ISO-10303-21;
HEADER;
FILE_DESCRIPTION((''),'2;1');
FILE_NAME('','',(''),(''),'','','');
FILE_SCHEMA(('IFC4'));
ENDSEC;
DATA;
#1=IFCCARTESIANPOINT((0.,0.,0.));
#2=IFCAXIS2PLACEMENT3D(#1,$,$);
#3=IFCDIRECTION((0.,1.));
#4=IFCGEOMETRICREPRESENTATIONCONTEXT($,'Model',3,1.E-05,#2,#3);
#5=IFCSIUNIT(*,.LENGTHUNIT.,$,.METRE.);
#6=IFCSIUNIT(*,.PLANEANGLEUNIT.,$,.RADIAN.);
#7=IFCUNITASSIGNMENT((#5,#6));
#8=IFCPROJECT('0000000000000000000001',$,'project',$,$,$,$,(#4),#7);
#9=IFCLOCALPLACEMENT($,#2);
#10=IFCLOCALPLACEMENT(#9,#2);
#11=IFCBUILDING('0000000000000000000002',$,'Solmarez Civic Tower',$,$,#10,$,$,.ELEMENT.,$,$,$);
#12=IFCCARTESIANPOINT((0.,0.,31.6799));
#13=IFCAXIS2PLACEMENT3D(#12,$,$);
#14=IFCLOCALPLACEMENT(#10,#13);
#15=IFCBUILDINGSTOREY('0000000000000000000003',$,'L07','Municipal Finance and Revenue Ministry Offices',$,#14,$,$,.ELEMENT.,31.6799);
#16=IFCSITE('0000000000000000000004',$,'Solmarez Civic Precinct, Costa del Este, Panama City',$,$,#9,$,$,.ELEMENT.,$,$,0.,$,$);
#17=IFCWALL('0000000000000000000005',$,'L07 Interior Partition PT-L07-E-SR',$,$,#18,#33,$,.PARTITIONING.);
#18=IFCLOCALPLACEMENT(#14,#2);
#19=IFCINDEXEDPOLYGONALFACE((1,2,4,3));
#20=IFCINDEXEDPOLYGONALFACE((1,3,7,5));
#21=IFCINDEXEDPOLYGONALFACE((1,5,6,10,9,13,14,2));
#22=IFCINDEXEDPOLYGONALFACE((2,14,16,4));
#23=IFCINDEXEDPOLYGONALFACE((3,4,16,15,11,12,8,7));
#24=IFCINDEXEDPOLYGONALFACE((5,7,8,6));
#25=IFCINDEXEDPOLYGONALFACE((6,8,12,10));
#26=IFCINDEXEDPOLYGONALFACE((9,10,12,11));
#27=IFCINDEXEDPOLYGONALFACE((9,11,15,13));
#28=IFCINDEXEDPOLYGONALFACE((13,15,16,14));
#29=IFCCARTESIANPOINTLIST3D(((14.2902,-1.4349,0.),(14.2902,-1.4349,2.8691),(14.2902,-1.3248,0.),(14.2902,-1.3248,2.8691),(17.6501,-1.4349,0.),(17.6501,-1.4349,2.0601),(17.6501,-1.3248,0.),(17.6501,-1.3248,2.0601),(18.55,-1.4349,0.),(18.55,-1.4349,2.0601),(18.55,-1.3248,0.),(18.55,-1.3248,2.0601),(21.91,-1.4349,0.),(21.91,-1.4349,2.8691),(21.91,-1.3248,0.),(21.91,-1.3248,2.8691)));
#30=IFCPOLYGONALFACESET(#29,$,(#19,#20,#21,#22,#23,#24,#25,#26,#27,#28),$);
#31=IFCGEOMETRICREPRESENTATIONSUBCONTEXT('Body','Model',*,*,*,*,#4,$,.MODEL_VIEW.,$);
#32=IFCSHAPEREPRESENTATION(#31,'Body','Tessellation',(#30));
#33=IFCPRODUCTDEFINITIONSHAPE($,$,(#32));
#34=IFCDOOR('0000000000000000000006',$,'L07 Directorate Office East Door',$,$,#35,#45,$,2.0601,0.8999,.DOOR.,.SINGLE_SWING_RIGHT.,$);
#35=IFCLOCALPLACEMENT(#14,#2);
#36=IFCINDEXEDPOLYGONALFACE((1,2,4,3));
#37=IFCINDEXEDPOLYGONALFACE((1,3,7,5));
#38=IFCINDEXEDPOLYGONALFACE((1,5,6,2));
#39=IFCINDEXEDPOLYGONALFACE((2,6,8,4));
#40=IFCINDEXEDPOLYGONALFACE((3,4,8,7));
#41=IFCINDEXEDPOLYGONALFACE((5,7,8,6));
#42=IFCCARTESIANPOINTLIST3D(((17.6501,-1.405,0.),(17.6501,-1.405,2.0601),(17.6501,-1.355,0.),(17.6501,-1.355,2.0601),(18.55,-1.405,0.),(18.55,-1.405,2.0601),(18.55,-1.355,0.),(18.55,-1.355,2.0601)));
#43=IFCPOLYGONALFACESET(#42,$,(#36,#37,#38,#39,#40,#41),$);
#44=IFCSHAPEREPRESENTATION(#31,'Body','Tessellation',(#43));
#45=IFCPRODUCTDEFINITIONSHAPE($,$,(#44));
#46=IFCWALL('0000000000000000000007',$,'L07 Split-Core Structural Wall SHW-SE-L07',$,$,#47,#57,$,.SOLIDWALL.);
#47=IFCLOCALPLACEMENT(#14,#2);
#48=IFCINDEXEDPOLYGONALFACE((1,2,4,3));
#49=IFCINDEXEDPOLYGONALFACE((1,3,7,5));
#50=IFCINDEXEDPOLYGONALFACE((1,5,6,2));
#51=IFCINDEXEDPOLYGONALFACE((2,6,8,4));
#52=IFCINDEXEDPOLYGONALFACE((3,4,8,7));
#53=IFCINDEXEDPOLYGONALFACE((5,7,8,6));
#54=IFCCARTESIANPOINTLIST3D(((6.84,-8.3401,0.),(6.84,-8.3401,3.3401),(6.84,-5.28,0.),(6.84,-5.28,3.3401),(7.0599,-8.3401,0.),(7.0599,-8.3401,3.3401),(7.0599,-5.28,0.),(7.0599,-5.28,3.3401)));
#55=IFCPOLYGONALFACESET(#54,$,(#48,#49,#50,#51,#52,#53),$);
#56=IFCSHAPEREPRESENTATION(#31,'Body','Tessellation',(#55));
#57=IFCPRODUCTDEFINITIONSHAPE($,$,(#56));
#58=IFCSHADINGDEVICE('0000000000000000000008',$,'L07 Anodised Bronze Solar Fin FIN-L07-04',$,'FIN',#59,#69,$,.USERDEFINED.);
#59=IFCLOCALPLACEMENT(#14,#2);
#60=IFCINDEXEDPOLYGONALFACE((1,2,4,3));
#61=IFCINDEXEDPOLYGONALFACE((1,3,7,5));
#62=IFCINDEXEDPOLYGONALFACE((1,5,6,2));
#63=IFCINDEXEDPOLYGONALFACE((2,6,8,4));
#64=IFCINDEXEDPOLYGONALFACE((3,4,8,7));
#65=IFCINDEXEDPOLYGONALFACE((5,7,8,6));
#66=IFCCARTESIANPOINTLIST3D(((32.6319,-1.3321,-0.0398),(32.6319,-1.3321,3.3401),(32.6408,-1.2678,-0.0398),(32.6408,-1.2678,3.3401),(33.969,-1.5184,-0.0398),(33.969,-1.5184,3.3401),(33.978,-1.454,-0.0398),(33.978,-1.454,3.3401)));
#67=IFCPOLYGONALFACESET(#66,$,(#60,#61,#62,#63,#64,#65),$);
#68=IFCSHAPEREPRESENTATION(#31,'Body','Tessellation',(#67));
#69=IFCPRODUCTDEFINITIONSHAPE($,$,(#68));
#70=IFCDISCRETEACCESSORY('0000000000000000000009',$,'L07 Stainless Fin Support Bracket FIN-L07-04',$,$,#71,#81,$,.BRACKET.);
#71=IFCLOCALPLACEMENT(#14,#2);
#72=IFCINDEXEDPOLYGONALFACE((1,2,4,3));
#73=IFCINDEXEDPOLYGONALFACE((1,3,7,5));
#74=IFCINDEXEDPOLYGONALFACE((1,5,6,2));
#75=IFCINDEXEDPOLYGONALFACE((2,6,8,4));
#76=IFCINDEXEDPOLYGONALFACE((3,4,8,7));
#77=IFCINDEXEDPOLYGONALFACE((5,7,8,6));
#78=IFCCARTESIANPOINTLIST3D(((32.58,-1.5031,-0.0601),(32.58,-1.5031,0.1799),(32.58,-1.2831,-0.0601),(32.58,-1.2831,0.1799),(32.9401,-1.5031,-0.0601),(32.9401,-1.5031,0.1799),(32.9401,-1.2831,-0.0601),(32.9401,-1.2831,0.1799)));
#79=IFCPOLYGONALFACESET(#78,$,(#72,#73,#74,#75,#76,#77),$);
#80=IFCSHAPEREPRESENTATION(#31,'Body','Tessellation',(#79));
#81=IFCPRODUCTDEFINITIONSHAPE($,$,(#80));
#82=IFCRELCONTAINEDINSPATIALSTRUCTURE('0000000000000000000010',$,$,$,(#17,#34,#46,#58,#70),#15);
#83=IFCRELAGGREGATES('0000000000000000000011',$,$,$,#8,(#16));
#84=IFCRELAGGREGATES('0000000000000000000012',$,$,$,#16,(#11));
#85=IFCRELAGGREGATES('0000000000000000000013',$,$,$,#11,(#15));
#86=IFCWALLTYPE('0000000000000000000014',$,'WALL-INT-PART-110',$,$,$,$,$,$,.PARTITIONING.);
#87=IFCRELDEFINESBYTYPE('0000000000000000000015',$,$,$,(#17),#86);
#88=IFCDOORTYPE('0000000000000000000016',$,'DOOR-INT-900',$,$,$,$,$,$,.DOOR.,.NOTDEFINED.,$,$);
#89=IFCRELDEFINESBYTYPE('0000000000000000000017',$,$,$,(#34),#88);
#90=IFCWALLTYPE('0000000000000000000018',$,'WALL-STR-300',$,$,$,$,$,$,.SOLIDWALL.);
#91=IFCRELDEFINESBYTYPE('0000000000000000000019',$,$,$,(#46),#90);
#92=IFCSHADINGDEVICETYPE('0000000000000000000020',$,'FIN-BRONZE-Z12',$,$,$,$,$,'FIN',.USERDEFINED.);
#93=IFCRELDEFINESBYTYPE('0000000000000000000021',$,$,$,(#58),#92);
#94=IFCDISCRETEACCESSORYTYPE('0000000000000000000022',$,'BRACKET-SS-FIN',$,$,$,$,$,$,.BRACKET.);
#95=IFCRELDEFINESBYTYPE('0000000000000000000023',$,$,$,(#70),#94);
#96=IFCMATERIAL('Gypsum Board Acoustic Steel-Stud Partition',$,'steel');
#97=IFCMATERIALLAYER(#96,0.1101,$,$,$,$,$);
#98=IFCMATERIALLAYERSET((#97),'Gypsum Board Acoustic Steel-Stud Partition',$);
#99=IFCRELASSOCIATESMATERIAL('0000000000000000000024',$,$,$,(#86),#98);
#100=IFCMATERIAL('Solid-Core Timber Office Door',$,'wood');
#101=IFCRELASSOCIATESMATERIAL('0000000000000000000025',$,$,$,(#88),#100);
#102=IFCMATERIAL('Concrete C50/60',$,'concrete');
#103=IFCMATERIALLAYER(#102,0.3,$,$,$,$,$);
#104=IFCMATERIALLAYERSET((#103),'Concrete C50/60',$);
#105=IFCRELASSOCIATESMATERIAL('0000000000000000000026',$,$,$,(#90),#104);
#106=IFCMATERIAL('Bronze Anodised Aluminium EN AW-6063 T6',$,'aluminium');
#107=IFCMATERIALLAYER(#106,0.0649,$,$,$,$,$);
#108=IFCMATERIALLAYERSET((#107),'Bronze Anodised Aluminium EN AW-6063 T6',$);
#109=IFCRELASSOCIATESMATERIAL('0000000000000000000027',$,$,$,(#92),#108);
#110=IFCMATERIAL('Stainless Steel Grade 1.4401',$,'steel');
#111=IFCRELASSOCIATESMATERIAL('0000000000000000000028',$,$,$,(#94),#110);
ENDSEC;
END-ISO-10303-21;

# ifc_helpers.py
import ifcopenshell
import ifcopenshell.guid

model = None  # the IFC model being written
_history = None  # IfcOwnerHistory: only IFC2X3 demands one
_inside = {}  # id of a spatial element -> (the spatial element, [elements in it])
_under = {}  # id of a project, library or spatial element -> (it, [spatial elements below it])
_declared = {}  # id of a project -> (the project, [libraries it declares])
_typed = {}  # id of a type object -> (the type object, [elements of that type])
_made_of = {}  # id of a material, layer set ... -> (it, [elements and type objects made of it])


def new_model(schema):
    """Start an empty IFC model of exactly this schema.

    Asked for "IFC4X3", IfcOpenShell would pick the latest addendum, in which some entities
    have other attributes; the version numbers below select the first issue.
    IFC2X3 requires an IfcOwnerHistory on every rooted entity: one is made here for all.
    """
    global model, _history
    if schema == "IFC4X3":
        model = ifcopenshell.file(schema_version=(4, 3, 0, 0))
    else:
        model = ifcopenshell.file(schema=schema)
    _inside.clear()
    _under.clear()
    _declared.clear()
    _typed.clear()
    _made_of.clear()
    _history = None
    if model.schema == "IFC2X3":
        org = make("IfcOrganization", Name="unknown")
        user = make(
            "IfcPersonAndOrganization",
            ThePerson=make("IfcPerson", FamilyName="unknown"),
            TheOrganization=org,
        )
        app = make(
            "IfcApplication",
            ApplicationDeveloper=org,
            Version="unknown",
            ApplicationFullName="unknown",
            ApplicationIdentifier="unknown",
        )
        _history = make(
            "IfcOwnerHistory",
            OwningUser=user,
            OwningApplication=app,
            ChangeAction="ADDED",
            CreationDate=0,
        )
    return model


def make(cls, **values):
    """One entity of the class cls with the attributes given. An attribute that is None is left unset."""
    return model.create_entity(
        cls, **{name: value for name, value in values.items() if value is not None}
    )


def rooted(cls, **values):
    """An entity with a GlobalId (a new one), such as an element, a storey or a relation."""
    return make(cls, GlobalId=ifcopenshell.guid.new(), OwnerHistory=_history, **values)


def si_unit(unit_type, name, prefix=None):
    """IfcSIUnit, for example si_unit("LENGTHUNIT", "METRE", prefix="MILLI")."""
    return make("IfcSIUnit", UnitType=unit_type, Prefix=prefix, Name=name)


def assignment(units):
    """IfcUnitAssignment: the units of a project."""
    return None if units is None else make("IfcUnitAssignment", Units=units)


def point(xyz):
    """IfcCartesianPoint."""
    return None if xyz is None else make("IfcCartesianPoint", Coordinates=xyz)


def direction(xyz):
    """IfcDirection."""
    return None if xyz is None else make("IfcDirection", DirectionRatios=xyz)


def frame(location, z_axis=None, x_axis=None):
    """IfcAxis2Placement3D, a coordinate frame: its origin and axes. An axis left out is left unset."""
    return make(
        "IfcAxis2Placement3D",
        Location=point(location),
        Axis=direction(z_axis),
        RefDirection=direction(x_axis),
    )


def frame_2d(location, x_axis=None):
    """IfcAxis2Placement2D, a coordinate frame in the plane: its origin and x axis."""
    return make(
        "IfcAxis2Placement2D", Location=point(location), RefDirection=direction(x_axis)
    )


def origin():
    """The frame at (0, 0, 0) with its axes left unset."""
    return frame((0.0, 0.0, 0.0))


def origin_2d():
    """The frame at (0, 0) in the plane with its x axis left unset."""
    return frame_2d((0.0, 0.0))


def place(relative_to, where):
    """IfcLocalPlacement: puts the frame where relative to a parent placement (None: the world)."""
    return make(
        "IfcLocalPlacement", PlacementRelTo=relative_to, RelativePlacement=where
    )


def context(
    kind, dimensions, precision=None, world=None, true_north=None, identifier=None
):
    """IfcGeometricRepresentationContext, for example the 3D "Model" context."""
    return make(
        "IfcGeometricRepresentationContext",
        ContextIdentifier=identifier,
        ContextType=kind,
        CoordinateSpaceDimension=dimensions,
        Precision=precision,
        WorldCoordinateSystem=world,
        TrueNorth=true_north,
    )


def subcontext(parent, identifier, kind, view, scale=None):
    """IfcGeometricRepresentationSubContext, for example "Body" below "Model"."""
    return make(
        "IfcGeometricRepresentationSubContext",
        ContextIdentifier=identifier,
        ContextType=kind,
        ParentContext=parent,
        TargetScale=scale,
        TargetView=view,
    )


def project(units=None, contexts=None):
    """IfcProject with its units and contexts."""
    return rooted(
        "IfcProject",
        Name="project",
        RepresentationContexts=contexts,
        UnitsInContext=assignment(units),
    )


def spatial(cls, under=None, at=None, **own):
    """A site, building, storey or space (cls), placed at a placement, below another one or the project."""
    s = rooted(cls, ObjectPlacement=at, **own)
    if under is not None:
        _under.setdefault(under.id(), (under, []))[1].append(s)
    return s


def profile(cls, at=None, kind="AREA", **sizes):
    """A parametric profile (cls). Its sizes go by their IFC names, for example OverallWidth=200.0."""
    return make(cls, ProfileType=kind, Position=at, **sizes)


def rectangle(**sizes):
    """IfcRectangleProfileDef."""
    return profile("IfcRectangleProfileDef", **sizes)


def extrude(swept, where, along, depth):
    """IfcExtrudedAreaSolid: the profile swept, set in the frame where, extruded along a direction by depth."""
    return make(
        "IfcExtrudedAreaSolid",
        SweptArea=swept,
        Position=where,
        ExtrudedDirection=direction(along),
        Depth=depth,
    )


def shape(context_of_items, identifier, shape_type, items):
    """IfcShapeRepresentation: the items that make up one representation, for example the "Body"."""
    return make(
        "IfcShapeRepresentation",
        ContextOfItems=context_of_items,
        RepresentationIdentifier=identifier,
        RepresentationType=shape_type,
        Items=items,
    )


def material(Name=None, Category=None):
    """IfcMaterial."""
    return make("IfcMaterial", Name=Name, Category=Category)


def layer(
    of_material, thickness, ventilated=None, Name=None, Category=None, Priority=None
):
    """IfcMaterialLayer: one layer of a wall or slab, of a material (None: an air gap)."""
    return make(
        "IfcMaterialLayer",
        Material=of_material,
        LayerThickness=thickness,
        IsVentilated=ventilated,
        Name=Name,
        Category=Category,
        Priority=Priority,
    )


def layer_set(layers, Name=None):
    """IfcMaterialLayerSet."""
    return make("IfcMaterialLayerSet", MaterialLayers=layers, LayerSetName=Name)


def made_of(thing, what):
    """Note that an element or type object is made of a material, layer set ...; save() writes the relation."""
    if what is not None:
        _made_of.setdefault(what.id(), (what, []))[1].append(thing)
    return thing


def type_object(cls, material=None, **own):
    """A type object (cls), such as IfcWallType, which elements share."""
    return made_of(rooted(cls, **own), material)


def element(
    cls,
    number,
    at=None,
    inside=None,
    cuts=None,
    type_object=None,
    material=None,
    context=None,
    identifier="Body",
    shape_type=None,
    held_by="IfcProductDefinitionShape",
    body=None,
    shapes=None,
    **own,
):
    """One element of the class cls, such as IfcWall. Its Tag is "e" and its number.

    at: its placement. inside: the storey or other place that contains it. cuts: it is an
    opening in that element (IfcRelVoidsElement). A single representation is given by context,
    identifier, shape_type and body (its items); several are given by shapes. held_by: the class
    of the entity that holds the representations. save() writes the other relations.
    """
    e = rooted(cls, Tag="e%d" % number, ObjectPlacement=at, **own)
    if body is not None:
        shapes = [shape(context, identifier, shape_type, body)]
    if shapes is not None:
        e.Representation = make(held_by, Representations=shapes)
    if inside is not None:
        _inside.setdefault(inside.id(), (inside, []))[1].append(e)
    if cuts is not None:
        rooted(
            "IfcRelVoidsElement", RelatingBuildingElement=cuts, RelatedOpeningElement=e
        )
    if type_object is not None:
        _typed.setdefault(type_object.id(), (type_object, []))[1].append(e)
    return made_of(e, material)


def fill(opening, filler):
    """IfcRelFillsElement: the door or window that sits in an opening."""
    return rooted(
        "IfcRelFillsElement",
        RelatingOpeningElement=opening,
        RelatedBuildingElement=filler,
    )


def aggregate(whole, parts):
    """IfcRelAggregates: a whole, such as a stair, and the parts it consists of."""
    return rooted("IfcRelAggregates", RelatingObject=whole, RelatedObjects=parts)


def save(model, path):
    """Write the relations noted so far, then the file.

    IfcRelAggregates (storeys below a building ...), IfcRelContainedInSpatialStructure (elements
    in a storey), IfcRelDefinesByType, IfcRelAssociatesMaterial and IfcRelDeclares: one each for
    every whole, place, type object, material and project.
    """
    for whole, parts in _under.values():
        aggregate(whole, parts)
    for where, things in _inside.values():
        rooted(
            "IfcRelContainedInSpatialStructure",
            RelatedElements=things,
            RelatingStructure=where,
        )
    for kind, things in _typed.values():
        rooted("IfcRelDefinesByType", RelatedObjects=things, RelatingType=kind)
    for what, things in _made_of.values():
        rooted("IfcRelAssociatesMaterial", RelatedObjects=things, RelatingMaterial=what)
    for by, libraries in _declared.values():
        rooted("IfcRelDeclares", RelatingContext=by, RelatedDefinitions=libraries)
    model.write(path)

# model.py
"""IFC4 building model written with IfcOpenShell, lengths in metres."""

from ifc_helpers import new_model, si_unit, direction, frame, frame_2d, origin, origin_2d, place, context, subcontext, project, spatial, rectangle, extrude, material, layer, layer_set, type_object, element, fill, save


model = new_model("IFC4")

# Units and contexts
model_context = context("Model", 3, precision=1e-05, world=origin(), true_north=direction((0.0, 1.0)))
body_context = subcontext(model_context, "Body", "Model", "MODEL_VIEW")
ifc_project = project(units=[si_unit("LENGTHUNIT", "METRE"), si_unit("PLANEANGLEUNIT", "RADIAN")], contexts=[model_context])

# Site, building, storey
site_placement = place(None, origin())
site = spatial("IfcSite", under=ifc_project, at=site_placement, Name="Solmarez Civic Precinct, Costa del Este, Panama City", CompositionType="ELEMENT", RefElevation=0.0)
building_placement = place(site_placement, origin())
building = spatial("IfcBuilding", under=site, at=building_placement, Name="Solmarez Civic Tower", CompositionType="ELEMENT")
storey_placement = place(building_placement, frame((0.0, 0.0, 31.6799)))
storey = spatial("IfcBuildingStorey", under=building, at=storey_placement, Name="L07", Description="Municipal Finance and Revenue Ministry Offices", CompositionType="ELEMENT", Elevation=31.6799)

# Shared definitions
ifc_material_1 = material(Name="Gypsum Board Acoustic Steel-Stud Partition", Category="steel")
ifc_layer_1 = layer(ifc_material_1, 0.1101)
ifc_layer_set_1 = layer_set([ifc_layer_1], Name="Gypsum Board Acoustic Steel-Stud Partition")
wall_type_1 = type_object("IfcWallType", Name="WALL-INT-PART-110", PredefinedType="PARTITIONING", material=ifc_layer_set_1)

# Wall, opening, door
wall_1_placement = place(storey_placement, frame((14.29, -1.3799, 0.0), z_axis=(0.0, 0.0, 1.0), x_axis=(1.0, 0.0, 0.0)))
wall_1 = element("IfcWall", 1, at=wall_1_placement, inside=storey, type_object=wall_type_1, Name="L07 Interior Partition PT-L07-E-SR", PredefinedType="PARTITIONING", context=body_context, shape_type="SweptSolid", body=[
    extrude(rectangle(XDim=7.6199, YDim=0.1101, at=frame_2d((3.8101, 0.0))), origin(), (0.0, 0.0, 1.0), 2.8691),
])
opening_1_placement = place(wall_1_placement, frame((3.3601, 0.0, 0.0)))
opening_1 = element("IfcOpeningElement", 2, at=opening_1_placement, cuts=wall_1, PredefinedType="OPENING", context=body_context, shape_type="SweptSolid", body=[
    extrude(rectangle(XDim=0.8999, YDim=2.0601, at=frame_2d((0.45, 1.03))), frame((0.0, 0.0649, 0.0), z_axis=(0.0, -1.0, 0.0), x_axis=(1.0, 0.0, 0.0)), (0.0, 0.0, 1.0), 0.1301),
])
ifc_material_2 = material(Name="Solid-Core Timber Office Door", Category="wood")
door_type = type_object("IfcDoorType", Name="DOOR-INT-900", OperationType="NOTDEFINED", PredefinedType="DOOR", material=ifc_material_2)
door_placement = place(opening_1_placement, origin())
door = element("IfcDoor", 3, at=door_placement, inside=storey, type_object=door_type, Name="L07 Directorate Office East Door", OperationType="SINGLE_SWING_RIGHT", OverallHeight=2.0601, OverallWidth=0.8999, PredefinedType="DOOR", context=body_context, shape_type="SweptSolid", body=[
    extrude(rectangle(XDim=0.8999, YDim=2.0601, at=frame_2d((0.45, 1.03))), frame((0.0, 0.0249, 0.0), z_axis=(0.0, -1.0, 0.0), x_axis=(1.0, 0.0, 0.0)), (0.0, 0.0, 1.0), 0.05),
])
fill(opening_1, door)

# Wall
ifc_material_3 = material(Name="Concrete C50/60", Category="concrete")
ifc_layer_2 = layer(ifc_material_3, 0.3)
ifc_layer_set_2 = layer_set([ifc_layer_2], Name="Concrete C50/60")
wall_type_2 = type_object("IfcWallType", Name="WALL-STR-300", PredefinedType="SOLIDWALL", material=ifc_layer_set_2)
wall_2_placement = place(storey_placement, frame((6.95, -8.3401, 0.0), z_axis=(0.0, 0.0, 1.0), x_axis=(0.0, 1.0, 0.0)))
element("IfcWall", 4, at=wall_2_placement, inside=storey, type_object=wall_type_2, Name="L07 Split-Core Structural Wall SHW-SE-L07", PredefinedType="SOLIDWALL", context=body_context, shape_type="SweptSolid", body=[
    extrude(rectangle(XDim=3.0601, YDim=0.22, at=frame_2d((1.53, 0.0))), origin(), (0.0, 0.0, 1.0), 3.3401),
])

# Shading device
ifc_material_4 = material(Name="Bronze Anodised Aluminium EN AW-6063 T6", Category="aluminium")
ifc_layer_3 = layer(ifc_material_4, 0.0649)
ifc_layer_set_3 = layer_set([ifc_layer_3], Name="Bronze Anodised Aluminium EN AW-6063 T6")
shading_device_type = type_object("IfcShadingDeviceType", Name="FIN-BRONZE-Z12", ElementType="FIN", PredefinedType="USERDEFINED", material=ifc_layer_set_3)
shading_device_placement = place(storey_placement, frame((33.3049, -1.3931, -0.0398), z_axis=(0.0, 0.0, 1.0), x_axis=(0.990435, -0.13798, 0.0)))
element("IfcShadingDevice", 5, at=shading_device_placement, inside=storey, type_object=shading_device_type, Name="L07 Anodised Bronze Solar Fin FIN-L07-04", ObjectType="FIN", PredefinedType="USERDEFINED", context=body_context, shape_type="SweptSolid", body=[
    extrude(rectangle(XDim=1.3501, YDim=0.0649, at=origin_2d()), origin(), (0.0, 0.0, 1.0), 3.3799),
])

# Discrete accessory
ifc_material_5 = material(Name="Stainless Steel Grade 1.4401", Category="steel")
discrete_accessory_type = type_object("IfcDiscreteAccessoryType", Name="BRACKET-SS-FIN", PredefinedType="BRACKET", material=ifc_material_5)
discrete_accessory_placement = place(storey_placement, frame((32.76, -1.3931, -0.0601), z_axis=(0.0, 0.0, 1.0), x_axis=(1.0, 0.0, 0.0)))
element("IfcDiscreteAccessory", 6, at=discrete_accessory_placement, inside=storey, type_object=discrete_accessory_type, Name="L07 Stainless Fin Support Bracket FIN-L07-04", PredefinedType="BRACKET", context=body_context, shape_type="SweptSolid", body=[
    extrude(rectangle(XDim=0.3601, YDim=0.22, at=origin_2d()), origin(), (0.0, 0.0, 1.0), 0.24),
])

save(model, "model.ifc")
